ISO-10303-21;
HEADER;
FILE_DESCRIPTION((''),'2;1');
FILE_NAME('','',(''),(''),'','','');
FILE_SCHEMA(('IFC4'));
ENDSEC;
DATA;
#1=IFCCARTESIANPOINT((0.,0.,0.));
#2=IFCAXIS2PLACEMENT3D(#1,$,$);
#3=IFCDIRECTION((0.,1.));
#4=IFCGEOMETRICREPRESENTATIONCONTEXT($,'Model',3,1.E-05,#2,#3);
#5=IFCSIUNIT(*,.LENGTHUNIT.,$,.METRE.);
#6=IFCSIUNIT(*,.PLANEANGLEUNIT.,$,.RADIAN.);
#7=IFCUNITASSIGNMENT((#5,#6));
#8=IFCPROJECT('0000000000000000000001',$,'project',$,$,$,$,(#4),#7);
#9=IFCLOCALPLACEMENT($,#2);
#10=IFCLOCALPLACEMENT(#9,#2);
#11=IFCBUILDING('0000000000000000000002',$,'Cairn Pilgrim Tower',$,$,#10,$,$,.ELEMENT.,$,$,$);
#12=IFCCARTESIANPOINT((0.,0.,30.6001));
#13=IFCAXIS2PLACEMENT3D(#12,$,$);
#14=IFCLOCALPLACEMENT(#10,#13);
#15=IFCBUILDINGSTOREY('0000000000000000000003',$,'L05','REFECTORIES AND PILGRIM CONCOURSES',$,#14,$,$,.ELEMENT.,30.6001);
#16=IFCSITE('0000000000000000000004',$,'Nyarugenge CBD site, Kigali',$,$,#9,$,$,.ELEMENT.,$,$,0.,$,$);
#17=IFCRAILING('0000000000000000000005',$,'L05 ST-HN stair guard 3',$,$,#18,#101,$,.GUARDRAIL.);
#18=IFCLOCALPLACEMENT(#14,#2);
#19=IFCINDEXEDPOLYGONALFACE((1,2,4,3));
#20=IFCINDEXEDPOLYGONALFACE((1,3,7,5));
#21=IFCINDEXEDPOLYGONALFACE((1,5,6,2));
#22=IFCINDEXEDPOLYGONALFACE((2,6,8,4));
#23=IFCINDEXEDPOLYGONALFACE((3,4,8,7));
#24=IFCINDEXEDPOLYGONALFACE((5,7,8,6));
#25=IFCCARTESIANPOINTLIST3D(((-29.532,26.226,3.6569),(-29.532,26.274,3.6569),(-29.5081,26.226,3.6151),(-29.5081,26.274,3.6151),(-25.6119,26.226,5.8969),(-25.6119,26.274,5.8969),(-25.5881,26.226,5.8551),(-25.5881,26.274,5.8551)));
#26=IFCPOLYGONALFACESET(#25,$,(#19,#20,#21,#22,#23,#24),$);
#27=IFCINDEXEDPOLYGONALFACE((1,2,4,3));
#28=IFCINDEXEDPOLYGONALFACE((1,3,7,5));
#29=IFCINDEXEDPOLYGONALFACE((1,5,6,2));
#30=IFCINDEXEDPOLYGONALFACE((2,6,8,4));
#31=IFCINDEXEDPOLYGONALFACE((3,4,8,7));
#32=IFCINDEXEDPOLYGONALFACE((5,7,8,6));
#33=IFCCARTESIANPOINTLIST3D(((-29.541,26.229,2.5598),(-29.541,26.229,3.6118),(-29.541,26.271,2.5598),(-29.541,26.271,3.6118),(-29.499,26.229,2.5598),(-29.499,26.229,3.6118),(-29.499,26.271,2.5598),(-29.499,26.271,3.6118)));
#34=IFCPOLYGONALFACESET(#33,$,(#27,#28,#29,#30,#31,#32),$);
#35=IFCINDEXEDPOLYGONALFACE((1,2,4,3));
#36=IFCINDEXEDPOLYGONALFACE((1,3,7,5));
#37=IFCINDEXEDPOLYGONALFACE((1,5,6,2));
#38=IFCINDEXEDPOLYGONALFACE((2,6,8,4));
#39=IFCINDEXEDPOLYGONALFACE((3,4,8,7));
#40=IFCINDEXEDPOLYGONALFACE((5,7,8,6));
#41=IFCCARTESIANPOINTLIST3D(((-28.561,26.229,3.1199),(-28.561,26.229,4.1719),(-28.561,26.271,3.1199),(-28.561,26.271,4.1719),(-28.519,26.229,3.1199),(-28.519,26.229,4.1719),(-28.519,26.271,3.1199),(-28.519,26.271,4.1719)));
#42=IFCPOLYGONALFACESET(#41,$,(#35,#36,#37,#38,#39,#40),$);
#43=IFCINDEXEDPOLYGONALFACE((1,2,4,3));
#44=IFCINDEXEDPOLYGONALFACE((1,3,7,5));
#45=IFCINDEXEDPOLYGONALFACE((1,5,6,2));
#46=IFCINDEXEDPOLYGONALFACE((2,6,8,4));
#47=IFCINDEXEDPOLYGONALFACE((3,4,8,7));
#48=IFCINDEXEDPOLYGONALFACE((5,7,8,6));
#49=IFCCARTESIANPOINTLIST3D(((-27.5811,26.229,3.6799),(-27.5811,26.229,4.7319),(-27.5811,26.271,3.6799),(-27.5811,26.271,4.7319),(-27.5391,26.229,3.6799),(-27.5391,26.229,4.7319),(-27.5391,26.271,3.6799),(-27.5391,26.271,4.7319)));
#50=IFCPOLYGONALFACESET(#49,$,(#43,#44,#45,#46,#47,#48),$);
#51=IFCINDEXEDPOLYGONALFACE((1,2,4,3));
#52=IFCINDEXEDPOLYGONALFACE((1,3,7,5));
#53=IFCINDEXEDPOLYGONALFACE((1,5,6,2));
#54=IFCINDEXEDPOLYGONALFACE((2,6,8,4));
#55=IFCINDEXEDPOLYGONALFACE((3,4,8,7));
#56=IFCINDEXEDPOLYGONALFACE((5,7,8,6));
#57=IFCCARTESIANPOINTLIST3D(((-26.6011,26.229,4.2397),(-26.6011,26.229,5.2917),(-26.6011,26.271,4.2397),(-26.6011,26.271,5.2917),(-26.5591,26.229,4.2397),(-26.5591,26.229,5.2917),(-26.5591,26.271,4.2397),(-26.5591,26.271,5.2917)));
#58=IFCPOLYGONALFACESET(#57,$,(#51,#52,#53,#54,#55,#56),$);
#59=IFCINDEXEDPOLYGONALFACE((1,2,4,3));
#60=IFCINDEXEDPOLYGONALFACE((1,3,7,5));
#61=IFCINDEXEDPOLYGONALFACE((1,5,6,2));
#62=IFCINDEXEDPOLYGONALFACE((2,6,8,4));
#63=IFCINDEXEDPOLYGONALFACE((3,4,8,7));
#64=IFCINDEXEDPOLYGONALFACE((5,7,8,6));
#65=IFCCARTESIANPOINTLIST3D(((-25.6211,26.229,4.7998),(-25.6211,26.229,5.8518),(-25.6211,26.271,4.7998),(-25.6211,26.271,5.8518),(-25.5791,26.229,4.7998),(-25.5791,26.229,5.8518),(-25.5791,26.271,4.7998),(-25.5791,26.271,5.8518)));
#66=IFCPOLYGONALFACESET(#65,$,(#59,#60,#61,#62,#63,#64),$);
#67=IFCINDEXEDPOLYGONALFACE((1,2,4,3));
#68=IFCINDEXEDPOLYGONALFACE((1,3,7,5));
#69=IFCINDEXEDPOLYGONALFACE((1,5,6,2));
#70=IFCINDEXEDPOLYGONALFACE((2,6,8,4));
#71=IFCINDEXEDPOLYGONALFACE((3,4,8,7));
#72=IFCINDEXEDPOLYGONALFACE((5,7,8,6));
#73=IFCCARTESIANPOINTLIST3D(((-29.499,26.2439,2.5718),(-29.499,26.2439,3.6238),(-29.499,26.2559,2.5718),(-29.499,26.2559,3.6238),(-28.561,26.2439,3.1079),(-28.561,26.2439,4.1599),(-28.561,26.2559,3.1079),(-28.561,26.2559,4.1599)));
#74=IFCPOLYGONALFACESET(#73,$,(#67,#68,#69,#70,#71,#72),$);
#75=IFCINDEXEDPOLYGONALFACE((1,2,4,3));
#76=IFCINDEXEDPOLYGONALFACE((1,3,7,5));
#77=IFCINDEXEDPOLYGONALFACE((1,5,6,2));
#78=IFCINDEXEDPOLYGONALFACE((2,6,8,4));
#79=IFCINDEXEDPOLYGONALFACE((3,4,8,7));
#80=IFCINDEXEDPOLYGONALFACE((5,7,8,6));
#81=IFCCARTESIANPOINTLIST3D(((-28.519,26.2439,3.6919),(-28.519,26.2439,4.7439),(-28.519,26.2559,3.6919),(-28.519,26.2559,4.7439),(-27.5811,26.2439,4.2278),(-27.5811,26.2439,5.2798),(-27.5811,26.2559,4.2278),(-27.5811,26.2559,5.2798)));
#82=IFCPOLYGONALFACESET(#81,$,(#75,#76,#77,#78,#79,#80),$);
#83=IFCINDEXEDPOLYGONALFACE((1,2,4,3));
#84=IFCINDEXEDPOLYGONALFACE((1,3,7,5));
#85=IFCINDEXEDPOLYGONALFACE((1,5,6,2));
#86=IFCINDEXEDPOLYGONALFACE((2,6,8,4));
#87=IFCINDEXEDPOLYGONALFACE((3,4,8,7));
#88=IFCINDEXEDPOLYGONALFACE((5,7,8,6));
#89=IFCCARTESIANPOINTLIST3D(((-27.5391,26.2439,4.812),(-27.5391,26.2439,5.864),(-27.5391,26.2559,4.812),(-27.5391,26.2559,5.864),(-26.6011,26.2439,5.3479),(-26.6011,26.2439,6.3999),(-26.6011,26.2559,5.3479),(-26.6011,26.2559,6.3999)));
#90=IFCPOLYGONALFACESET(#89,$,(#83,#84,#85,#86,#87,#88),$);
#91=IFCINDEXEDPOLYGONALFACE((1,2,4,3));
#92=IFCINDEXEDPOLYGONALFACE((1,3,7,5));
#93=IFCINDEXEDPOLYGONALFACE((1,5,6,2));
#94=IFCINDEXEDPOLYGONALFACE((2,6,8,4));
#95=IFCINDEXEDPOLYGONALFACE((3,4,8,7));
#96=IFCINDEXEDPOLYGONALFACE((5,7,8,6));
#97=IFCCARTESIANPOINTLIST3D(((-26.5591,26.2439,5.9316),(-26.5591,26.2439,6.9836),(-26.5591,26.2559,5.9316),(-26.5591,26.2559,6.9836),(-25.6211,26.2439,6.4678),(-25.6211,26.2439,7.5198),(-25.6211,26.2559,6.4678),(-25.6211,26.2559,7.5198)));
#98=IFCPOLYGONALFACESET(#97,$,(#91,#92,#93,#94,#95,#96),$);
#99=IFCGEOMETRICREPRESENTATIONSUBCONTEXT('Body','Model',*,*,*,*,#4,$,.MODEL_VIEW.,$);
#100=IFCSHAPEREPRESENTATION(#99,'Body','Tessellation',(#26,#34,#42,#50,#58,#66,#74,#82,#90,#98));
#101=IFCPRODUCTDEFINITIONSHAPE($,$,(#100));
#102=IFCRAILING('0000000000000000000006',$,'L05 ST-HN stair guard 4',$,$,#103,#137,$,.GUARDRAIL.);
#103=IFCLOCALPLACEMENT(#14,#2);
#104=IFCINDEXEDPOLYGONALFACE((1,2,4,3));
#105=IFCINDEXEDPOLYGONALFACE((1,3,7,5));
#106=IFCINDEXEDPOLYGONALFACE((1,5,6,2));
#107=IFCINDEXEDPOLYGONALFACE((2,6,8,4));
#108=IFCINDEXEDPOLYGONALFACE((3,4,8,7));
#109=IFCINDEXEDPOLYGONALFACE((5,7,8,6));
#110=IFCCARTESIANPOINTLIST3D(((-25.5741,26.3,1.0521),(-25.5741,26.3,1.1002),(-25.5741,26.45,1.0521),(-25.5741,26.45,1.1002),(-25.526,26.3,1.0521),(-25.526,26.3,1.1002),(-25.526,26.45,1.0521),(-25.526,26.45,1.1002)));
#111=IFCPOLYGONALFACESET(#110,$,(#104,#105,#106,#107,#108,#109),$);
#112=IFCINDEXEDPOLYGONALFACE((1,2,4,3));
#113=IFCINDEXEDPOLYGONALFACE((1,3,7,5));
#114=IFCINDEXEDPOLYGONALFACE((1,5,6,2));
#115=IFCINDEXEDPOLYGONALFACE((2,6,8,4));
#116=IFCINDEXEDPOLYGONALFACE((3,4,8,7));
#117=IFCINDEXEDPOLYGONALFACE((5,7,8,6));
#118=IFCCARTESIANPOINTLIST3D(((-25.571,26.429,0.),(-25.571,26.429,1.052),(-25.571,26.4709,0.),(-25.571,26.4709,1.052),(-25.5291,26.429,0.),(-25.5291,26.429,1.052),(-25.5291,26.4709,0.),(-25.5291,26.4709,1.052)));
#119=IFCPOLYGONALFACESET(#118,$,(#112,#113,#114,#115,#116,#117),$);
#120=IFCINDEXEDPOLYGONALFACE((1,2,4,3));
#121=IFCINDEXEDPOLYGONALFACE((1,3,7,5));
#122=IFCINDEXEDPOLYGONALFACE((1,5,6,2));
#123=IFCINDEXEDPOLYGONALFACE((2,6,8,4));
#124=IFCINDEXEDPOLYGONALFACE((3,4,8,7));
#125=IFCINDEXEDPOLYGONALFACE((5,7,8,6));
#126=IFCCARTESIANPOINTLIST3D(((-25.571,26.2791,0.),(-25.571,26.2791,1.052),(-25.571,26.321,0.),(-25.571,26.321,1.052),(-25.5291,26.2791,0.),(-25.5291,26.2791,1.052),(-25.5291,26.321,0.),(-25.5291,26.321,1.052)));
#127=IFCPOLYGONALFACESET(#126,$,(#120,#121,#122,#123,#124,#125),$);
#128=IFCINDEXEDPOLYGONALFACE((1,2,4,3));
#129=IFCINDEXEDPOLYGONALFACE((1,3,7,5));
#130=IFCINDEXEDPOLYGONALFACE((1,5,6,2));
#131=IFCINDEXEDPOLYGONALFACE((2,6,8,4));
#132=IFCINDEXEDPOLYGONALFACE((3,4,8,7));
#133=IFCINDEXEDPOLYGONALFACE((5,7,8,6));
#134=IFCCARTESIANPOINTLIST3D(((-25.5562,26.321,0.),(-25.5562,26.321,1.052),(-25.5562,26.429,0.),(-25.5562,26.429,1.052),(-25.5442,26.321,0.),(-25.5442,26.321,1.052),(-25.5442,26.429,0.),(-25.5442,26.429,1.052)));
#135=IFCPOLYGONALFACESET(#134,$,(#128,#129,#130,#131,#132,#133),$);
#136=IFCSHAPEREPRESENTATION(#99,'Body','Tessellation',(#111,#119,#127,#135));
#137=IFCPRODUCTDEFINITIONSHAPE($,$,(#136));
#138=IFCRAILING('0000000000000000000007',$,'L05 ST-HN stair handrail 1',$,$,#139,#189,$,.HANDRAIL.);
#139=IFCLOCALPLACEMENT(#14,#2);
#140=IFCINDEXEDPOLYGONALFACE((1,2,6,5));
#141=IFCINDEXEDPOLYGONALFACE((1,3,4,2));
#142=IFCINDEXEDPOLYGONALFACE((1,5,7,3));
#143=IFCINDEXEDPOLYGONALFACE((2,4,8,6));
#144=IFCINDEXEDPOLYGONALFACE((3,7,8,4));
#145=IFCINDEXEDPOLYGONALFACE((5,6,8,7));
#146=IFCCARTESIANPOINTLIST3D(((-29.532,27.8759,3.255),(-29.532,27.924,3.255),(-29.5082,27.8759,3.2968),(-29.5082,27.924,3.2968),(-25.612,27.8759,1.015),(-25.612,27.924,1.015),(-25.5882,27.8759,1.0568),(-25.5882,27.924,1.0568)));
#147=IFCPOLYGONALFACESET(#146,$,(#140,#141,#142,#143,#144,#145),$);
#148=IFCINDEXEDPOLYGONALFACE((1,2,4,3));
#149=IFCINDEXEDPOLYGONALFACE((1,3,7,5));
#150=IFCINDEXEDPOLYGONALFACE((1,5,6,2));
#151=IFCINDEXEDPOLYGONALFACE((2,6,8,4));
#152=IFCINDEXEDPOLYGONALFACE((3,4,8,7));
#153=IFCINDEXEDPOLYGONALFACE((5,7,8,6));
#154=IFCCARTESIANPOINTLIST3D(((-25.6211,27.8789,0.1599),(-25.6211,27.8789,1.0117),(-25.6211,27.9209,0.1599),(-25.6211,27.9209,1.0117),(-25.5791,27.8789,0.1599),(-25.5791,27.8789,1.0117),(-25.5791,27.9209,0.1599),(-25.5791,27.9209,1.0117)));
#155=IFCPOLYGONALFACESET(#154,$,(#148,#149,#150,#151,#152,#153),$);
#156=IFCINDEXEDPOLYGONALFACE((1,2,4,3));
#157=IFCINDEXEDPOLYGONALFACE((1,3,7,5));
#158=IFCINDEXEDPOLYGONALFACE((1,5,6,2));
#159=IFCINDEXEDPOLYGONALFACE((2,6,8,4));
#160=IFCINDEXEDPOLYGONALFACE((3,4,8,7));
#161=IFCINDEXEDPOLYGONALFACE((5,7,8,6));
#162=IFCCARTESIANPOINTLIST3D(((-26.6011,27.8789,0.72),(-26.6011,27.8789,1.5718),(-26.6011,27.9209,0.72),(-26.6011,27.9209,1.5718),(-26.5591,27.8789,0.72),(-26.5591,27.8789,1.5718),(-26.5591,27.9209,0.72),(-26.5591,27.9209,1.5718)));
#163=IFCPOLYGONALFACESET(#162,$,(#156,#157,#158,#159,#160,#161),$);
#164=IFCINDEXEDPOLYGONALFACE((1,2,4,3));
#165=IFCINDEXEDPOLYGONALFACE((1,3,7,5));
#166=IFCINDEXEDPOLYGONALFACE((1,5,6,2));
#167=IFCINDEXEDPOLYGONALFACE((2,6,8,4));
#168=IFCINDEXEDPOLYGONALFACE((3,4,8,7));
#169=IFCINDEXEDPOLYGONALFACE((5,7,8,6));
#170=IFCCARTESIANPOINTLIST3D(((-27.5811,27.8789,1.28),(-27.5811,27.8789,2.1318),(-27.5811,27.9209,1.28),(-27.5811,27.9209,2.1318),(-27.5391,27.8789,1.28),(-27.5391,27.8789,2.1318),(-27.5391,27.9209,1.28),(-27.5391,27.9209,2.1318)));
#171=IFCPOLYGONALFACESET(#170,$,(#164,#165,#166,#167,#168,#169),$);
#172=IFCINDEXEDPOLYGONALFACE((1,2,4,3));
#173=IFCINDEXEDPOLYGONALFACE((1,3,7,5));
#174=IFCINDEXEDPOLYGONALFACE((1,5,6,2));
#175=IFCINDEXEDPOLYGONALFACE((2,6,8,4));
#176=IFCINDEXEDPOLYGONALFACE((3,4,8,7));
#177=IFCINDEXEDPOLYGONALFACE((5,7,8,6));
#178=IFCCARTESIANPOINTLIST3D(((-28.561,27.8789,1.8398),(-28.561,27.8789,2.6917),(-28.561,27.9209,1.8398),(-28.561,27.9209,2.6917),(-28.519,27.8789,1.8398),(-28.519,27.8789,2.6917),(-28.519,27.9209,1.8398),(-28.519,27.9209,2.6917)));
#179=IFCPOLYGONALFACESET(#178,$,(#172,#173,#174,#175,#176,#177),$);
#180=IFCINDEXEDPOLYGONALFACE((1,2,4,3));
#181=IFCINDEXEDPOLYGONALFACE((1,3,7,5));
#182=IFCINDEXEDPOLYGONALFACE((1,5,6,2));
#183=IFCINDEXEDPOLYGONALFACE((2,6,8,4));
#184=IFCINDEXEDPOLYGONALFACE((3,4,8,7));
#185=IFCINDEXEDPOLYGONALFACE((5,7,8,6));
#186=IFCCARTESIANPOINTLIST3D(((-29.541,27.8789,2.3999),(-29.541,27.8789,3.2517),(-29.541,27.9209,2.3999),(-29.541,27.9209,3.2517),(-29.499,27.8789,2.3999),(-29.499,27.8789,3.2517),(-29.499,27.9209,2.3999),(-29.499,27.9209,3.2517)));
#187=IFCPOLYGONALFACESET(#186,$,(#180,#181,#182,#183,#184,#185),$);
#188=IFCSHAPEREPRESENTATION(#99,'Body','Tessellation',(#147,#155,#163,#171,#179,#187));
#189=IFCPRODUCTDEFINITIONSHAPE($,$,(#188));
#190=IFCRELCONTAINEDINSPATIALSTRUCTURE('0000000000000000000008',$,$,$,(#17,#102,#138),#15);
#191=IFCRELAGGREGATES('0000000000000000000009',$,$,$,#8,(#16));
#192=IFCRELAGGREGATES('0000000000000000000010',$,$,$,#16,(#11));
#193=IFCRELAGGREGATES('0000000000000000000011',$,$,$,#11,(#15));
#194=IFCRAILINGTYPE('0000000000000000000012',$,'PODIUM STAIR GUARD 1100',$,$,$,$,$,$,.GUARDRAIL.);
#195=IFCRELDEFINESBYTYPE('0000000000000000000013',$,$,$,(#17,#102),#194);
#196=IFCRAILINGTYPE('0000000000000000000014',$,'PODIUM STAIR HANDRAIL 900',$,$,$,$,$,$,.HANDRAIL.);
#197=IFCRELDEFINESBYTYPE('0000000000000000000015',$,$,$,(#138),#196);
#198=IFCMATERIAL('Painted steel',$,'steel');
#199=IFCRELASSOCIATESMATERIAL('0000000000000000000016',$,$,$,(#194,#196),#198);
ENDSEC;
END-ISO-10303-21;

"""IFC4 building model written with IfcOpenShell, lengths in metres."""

from ifc_helpers import new_model, si_unit, direction, frame, origin, origin_2d, place, context, subcontext, project, spatial, polyline, rectangle, outline, extrude, material, type_object, element, save


model = new_model("IFC4")

# Units and contexts
model_context = context("Model", 3, precision=1e-05, world=origin(), true_north=direction((0.0, 1.0)))
body_context = subcontext(model_context, "Body", "Model", "MODEL_VIEW")
ifc_project = project(units=[si_unit("LENGTHUNIT", "METRE"), si_unit("PLANEANGLEUNIT", "RADIAN")], contexts=[model_context])

# Site, building, storey
site_placement = place(None, origin())
site = spatial("IfcSite", under=ifc_project, at=site_placement, Name="Nyarugenge CBD site, Kigali", CompositionType="ELEMENT", RefElevation=0.0)
building_placement = place(site_placement, origin())
building = spatial("IfcBuilding", under=site, at=building_placement, Name="Cairn Pilgrim Tower", CompositionType="ELEMENT")
storey_placement = place(building_placement, frame((0.0, 0.0, 30.6001)))
storey = spatial("IfcBuildingStorey", under=building, at=storey_placement, Name="L05", Description="REFECTORIES AND PILGRIM CONCOURSES", CompositionType="ELEMENT", Elevation=30.6001)

# Railings
ifc_material_1 = material(Name="Painted steel", Category="steel")
railing_type_1 = type_object("IfcRailingType", Name="PODIUM STAIR GUARD 1100", PredefinedType="GUARDRAIL", material=ifc_material_1)
railing_1_placement = place(storey_placement, frame((-29.52, 26.25, 2.5598)))
element("IfcRailing", 1, at=railing_1_placement, inside=storey, type_object=railing_type_1, Name="L05 ST-HN stair guard 3", PredefinedType="GUARDRAIL", context=body_context, shape_type="SweptSolid", body=[
    extrude(rectangle(XDim=0.0481, YDim=0.0481, at=origin_2d()), frame((0.0, 0.0, 1.0762), z_axis=(0.86824, 0.0, 0.496145), x_axis=(0.0, 1.0, 0.0)), (0.0, 0.0, 1.0), 4.5149),
    extrude(rectangle(XDim=0.042, YDim=0.042, at=origin_2d()), origin(), (0.0, 0.0, 1.0), 1.052),
    extrude(rectangle(XDim=0.042, YDim=0.042, at=origin_2d()), frame((0.98, 0.0, 0.5601)), (0.0, 0.0, 1.0), 1.052),
    extrude(rectangle(XDim=0.042, YDim=0.042, at=origin_2d()), frame((1.96, 0.0, 1.1201)), (0.0, 0.0, 1.0), 1.052),
    extrude(rectangle(XDim=0.042, YDim=0.042, at=origin_2d()), frame((2.9399, 0.0, 1.6799)), (0.0, 0.0, 1.0), 1.052),
    extrude(rectangle(XDim=0.042, YDim=0.042, at=origin_2d()), frame((3.9199, 0.0, 2.24)), (0.0, 0.0, 1.0), 1.052),
    extrude(outline(polyline([(0.021, 0.012), (0.959, 0.5481), (0.959, 1.6001), (0.021, 1.064), (0.021, 0.012)])), frame((0.0, 0.0059, 0.0), z_axis=(0.0, -1.0, 0.0), x_axis=(1.0, 0.0, 0.0)), (0.0, 0.0, 1.0), 0.012),
    extrude(outline(polyline([(0.021, 0.572), (0.959, 1.1079), (0.959, 2.1599), (0.021, 1.624), (0.021, 0.572)])), frame((0.98, 0.0059, 0.5601), z_axis=(0.0, -1.0, 0.0), x_axis=(1.0, 0.0, 0.0)), (0.0, 0.0, 1.0), 0.012),
    extrude(outline(polyline([(0.021, 1.1321), (0.959, 1.668), (0.959, 2.72), (0.021, 2.1841), (0.021, 1.1321)])), frame((1.96, 0.0059, 1.1201), z_axis=(0.0, -1.0, 0.0), x_axis=(1.0, 0.0, 0.0)), (0.0, 0.0, 1.0), 0.012),
    extrude(outline(polyline([(0.021, 1.6919), (0.959, 2.228), (0.959, 3.28), (0.021, 2.7439), (0.021, 1.6919)])), frame((2.9399, 0.0059, 1.6799), z_axis=(0.0, -1.0, 0.0), x_axis=(1.0, 0.0, 0.0)), (0.0, 0.0, 1.0), 0.012),
])
railing_2_placement = place(storey_placement, frame((-25.55, 26.45, 0.0)))
element("IfcRailing", 2, at=railing_2_placement, inside=storey, type_object=railing_type_1, Name="L05 ST-HN stair guard 4", PredefinedType="GUARDRAIL", context=body_context, shape_type="SweptSolid", body=[
    extrude(rectangle(XDim=0.0481, YDim=0.0481, at=origin_2d()), frame((0.0, 0.0, 1.0762), z_axis=(0.0, -1.0, 0.0), x_axis=(1.0, 0.0, 0.0)), (0.0, 0.0, 1.0), 0.1499),
    extrude(rectangle(XDim=0.042, YDim=0.042, at=origin_2d()), origin(), (0.0, 0.0, 1.0), 1.052),
    extrude(rectangle(XDim=0.042, YDim=0.042, at=origin_2d()), frame((0.0, -0.1499, 0.0)), (0.0, 0.0, 1.0), 1.052),
    extrude(outline(polyline([(0.021, 0.0), (0.1289, 0.0), (0.1289, 1.052), (0.021, 1.052), (0.021, 0.0)])), frame((0.0059, 0.0, 0.0), z_axis=(-1.0, 0.0, 0.0), x_axis=(0.0, -1.0, 0.0)), (0.0, 0.0, 1.0), 0.012),
])
railing_type_2 = type_object("IfcRailingType", Name="PODIUM STAIR HANDRAIL 900", PredefinedType="HANDRAIL", material=ifc_material_1)
railing_3_placement = place(storey_placement, frame((-25.6001, 27.8999, 0.1599)))
element("IfcRailing", 3, at=railing_3_placement, inside=storey, type_object=railing_type_2, Name="L05 ST-HN stair handrail 1", PredefinedType="HANDRAIL", context=body_context, shape_type="SweptSolid", body=[
    extrude(rectangle(XDim=0.0481, YDim=0.0481, at=origin_2d()), frame((0.0, 0.0, 0.876), z_axis=(-0.86824, 0.0, 0.496145), x_axis=(0.0, -1.0, 0.0)), (0.0, 0.0, 1.0), 4.5149),
    extrude(rectangle(XDim=0.042, YDim=0.042, at=origin_2d()), origin(), (0.0, 0.0, 1.0), 0.8518),
    extrude(rectangle(XDim=0.042, YDim=0.042, at=origin_2d()), frame((-0.98, 0.0, 0.5601)), (0.0, 0.0, 1.0), 0.8518),
    extrude(rectangle(XDim=0.042, YDim=0.042, at=origin_2d()), frame((-1.96, 0.0, 1.1201)), (0.0, 0.0, 1.0), 0.8518),
    extrude(rectangle(XDim=0.042, YDim=0.042, at=origin_2d()), frame((-2.9399, 0.0, 1.6799)), (0.0, 0.0, 1.0), 0.8518),
    extrude(rectangle(XDim=0.042, YDim=0.042, at=origin_2d()), frame((-3.9199, 0.0, 2.24)), (0.0, 0.0, 1.0), 0.8518),
])

save(model, "model.ifc")
